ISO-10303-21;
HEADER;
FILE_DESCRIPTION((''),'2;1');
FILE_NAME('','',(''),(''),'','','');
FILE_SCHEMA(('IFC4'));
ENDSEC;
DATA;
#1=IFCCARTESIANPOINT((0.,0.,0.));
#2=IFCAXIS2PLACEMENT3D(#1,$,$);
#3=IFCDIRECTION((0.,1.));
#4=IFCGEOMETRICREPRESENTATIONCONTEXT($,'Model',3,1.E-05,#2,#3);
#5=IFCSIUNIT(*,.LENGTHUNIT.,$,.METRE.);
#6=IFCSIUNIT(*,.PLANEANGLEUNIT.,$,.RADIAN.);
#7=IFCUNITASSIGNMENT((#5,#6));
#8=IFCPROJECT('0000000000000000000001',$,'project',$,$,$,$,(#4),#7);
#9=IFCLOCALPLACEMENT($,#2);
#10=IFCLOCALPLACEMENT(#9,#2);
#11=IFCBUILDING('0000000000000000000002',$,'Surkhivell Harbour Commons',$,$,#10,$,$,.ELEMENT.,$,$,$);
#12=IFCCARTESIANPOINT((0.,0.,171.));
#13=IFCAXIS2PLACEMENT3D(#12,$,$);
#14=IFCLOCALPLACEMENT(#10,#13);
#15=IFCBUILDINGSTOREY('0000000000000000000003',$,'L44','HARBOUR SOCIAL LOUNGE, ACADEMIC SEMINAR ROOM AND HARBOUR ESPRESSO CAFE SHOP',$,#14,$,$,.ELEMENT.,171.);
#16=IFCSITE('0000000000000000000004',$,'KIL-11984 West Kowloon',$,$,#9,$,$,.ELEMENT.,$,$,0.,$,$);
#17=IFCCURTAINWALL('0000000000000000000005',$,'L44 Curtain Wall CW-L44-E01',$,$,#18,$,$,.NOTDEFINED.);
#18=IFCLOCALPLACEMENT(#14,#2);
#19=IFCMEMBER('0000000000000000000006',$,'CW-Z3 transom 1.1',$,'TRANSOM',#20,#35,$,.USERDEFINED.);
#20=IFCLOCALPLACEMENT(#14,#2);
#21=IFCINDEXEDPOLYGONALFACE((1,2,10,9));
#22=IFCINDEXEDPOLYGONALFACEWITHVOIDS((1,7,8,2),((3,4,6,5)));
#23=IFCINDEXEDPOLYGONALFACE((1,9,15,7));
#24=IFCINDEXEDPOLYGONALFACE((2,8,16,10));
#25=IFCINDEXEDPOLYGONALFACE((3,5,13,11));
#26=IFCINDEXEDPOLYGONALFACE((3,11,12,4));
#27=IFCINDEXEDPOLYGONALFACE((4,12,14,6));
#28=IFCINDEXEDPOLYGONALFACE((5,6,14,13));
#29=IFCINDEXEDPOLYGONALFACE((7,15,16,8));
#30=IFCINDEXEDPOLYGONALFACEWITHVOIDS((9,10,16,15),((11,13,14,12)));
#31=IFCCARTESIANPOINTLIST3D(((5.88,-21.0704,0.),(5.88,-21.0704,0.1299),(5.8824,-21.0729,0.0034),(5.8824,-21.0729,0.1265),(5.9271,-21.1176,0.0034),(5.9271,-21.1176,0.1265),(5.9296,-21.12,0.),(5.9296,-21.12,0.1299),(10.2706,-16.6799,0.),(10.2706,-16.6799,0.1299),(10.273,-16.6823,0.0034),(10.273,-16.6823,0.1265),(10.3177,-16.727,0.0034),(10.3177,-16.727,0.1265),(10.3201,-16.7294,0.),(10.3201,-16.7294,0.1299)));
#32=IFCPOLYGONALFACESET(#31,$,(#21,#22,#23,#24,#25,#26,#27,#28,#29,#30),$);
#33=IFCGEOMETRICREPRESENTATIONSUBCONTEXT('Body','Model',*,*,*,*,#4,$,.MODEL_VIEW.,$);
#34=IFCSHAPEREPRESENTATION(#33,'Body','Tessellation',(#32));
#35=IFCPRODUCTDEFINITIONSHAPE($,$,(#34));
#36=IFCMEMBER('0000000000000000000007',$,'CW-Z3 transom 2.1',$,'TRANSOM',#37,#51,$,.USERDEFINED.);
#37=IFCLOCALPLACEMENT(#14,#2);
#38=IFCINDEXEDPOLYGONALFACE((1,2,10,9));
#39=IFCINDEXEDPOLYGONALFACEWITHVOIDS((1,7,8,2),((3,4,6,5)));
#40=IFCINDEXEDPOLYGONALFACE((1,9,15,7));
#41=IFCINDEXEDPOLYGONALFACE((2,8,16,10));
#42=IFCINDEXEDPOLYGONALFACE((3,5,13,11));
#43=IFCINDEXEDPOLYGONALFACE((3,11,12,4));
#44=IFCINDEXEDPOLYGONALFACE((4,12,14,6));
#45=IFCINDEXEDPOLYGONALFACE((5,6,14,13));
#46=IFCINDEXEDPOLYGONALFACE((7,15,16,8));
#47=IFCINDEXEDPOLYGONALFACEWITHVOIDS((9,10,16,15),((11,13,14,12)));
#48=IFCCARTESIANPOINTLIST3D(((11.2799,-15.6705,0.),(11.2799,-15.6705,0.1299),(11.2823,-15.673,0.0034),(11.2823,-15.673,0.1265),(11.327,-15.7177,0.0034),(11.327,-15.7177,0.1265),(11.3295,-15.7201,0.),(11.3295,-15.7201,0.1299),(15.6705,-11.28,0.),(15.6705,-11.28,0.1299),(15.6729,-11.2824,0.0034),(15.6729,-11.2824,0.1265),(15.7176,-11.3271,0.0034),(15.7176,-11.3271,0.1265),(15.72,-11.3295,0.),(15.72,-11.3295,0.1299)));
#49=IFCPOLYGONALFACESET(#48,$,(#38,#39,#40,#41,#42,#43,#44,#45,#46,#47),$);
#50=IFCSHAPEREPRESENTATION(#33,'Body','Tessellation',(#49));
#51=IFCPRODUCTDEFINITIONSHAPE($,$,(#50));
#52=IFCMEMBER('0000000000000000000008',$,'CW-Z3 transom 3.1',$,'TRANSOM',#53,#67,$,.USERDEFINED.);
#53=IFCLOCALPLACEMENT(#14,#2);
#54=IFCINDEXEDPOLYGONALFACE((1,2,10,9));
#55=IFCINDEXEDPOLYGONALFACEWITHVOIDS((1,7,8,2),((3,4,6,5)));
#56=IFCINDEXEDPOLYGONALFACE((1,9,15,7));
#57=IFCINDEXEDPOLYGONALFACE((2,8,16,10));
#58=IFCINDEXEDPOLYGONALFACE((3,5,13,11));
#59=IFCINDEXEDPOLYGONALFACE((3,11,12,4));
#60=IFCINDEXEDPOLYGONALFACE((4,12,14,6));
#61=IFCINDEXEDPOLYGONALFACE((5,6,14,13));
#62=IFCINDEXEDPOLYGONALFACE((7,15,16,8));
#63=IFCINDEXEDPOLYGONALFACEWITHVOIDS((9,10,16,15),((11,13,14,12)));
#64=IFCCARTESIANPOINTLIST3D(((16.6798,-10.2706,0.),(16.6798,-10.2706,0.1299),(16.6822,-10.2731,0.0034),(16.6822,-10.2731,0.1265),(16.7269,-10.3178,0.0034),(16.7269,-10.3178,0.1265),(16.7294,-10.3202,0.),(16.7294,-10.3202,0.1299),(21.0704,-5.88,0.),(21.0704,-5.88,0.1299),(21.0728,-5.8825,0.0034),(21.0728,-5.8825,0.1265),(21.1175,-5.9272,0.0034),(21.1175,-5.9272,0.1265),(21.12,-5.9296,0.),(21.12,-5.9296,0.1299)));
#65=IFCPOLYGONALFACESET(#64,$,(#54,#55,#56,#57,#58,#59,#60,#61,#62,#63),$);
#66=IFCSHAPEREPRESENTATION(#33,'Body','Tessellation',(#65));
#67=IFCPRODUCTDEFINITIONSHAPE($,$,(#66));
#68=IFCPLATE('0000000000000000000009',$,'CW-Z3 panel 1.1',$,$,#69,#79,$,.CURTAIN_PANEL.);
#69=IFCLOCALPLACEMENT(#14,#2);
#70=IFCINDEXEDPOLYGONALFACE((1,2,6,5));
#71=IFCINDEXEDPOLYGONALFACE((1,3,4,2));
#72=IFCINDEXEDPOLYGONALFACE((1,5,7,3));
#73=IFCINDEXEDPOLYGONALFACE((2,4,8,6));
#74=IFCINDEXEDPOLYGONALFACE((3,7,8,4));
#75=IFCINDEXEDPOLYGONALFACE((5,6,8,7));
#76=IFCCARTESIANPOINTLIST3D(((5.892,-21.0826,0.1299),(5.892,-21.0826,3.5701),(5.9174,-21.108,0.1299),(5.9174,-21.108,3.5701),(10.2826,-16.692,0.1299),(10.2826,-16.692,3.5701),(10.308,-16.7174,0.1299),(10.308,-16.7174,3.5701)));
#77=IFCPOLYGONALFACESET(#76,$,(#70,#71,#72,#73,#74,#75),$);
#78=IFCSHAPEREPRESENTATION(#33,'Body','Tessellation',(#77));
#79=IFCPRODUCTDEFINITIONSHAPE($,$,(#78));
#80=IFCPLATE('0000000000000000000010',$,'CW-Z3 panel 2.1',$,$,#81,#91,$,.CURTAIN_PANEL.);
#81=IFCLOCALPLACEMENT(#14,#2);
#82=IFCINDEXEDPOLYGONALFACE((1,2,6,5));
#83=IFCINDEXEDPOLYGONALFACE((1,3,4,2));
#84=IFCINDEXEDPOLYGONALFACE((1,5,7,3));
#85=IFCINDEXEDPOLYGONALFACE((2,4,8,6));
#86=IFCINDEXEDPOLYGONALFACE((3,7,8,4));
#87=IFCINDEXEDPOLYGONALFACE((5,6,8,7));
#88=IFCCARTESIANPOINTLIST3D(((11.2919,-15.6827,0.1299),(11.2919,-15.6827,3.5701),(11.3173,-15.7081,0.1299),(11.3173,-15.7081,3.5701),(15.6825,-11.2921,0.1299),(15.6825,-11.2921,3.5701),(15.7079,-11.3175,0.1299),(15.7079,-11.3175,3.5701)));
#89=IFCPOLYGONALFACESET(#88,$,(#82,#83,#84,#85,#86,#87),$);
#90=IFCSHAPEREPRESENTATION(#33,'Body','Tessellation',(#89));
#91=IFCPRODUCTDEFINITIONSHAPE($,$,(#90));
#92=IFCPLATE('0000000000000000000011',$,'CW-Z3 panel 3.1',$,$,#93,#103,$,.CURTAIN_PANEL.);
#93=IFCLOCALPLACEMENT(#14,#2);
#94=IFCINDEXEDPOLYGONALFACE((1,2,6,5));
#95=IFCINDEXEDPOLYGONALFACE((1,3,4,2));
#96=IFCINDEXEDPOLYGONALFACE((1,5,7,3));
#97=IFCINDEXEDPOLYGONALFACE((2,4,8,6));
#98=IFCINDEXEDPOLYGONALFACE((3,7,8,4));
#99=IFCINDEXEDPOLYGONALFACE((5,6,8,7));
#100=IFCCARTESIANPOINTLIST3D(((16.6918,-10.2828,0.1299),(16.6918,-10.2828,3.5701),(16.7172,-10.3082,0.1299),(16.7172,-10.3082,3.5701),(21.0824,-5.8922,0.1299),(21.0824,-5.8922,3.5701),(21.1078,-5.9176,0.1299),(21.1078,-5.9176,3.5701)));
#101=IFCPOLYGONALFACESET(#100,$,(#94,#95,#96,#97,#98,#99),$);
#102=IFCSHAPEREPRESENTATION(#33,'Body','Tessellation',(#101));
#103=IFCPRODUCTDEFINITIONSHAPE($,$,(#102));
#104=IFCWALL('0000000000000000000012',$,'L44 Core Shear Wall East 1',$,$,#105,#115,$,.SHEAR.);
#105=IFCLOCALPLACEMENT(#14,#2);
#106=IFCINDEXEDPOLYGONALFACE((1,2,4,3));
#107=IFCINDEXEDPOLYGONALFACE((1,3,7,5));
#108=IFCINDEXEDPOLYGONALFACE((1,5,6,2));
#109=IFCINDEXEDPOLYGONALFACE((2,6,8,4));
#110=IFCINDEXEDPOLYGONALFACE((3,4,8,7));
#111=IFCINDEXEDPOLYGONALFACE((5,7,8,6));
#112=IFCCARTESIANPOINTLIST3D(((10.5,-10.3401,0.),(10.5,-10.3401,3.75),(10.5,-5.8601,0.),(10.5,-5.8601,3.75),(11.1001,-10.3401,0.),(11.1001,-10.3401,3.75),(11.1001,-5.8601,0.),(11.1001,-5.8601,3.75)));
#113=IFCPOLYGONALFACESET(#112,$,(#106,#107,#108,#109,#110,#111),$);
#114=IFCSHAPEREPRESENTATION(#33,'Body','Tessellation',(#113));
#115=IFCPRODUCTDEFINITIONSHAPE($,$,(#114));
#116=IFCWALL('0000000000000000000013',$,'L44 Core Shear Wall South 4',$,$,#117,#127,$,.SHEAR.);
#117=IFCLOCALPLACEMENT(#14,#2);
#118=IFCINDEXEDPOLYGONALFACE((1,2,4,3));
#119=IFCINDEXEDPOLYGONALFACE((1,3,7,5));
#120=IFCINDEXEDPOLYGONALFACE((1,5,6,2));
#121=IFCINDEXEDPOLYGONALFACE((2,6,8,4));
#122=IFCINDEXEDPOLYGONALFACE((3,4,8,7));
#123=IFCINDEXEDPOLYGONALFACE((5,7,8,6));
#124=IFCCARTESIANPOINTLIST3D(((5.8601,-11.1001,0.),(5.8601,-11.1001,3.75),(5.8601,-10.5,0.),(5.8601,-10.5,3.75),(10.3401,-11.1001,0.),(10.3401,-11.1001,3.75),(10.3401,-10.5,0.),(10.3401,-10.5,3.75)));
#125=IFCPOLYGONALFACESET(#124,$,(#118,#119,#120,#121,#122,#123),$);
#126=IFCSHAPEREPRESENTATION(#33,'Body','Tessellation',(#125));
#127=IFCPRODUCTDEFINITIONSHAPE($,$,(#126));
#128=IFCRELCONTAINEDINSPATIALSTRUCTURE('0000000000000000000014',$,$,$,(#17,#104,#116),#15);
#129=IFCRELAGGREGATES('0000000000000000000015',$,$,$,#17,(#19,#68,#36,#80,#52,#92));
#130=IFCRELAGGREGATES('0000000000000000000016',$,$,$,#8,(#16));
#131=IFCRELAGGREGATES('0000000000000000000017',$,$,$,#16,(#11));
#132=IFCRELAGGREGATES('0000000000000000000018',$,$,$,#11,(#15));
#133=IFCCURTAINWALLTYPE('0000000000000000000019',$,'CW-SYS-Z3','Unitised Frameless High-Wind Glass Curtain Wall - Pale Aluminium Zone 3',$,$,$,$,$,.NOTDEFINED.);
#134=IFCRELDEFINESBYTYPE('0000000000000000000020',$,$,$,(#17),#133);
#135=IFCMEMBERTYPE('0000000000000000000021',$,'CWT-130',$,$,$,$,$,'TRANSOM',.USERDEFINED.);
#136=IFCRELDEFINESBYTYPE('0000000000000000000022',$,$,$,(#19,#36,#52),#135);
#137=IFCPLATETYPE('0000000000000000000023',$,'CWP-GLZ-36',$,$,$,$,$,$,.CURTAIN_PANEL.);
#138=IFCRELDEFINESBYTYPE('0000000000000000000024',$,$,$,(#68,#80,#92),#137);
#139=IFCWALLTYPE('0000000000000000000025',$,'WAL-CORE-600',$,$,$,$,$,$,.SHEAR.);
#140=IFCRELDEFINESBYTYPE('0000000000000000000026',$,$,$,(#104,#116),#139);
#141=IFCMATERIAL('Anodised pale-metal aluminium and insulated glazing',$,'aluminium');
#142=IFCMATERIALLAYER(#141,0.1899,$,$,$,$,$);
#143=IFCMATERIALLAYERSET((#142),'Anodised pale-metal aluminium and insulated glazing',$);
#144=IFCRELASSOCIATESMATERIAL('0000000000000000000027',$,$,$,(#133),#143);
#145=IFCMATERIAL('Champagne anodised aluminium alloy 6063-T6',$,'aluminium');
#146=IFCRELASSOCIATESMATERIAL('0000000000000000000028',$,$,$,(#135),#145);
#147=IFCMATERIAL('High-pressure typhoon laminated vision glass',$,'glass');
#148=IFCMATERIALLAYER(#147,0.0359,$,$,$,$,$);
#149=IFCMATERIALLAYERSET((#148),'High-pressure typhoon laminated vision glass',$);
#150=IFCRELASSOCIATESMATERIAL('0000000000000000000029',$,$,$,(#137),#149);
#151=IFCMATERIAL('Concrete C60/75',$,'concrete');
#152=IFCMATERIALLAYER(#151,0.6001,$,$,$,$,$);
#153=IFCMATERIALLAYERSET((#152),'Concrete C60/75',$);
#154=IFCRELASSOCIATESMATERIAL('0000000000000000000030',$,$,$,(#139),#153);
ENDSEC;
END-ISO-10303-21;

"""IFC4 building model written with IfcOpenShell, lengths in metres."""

from ifc_helpers import new_model, si_unit, direction, frame, frame_2d, origin, origin_2d, place, context, subcontext, project, spatial, rectangle, hollow_rectangle, extrude, material, layer, layer_set, material_profile, profile_set, type_object, element, aggregate, save


model = new_model("IFC4")

# Units and contexts
model_context = context("Model", 3, precision=1e-05, world=origin(), true_north=direction((0.0, 1.0)))
body_context = subcontext(model_context, "Body", "Model", "MODEL_VIEW")
ifc_project = project(units=[si_unit("LENGTHUNIT", "METRE"), si_unit("PLANEANGLEUNIT", "RADIAN")], contexts=[model_context])

# Site, building, storey
site_placement = place(None, origin())
site = spatial("IfcSite", under=ifc_project, at=site_placement, Name="KIL-11984 West Kowloon", CompositionType="ELEMENT", RefElevation=0.0)
building_placement = place(site_placement, origin())
building = spatial("IfcBuilding", under=site, at=building_placement, Name="Surkhivell Harbour Commons", CompositionType="ELEMENT")
storey_placement = place(building_placement, frame((0.0, 0.0, 171.0)))
storey = spatial("IfcBuildingStorey", under=building, at=storey_placement, Name="L44", Description="HARBOUR SOCIAL LOUNGE, ACADEMIC SEMINAR ROOM AND HARBOUR ESPRESSO CAFE SHOP", CompositionType="ELEMENT", Elevation=171.0)

# Shared definitions
ifc_material_1 = material(Name="Concrete C60/75", Category="concrete")

# Curtain wall, members, plates
ifc_material_2 = material(Name="Anodised pale-metal aluminium and insulated glazing", Category="aluminium")
ifc_layer_1 = layer(ifc_material_2, 0.1899)
ifc_layer_set_1 = layer_set([ifc_layer_1], Name="Anodised pale-metal aluminium and insulated glazing")
curtain_wall_type = type_object("IfcCurtainWallType", Name="CW-SYS-Z3", Description="Unitised Frameless High-Wind Glass Curtain Wall - Pale Aluminium Zone 3", PredefinedType="NOTDEFINED", material=ifc_layer_set_1)
curtain_wall_placement = place(storey_placement, origin())
curtain_wall = element("IfcCurtainWall", 1, at=curtain_wall_placement, inside=storey, type_object=curtain_wall_type, Name="L44 Curtain Wall CW-L44-E01", PredefinedType="NOTDEFINED")
ifc_material_3 = material(Name="Champagne anodised aluminium alloy 6063-T6", Category="aluminium")
ifc_material_profile_1 = material_profile(ifc_material_3, hollow_rectangle(XDim=0.0701, YDim=0.1299, WallThickness=0.0034, at=origin_2d()), Name="ALU-TRAN-70x130")
ifc_profile_set_1 = profile_set([ifc_material_profile_1], Name="Champagne anodised aluminium alloy 6063-T6")
member_type_1 = type_object("IfcMemberType", Name="CWT-130", ElementType="TRANSOM", PredefinedType="USERDEFINED", material=ifc_profile_set_1)
member_1_placement = place(storey_placement, frame((5.9048, -21.0952, 0.0649), z_axis=(0.707107, 0.707107, 0.0), x_axis=(-0.707107, 0.707107, 0.0)))
member_1 = element("IfcMember", 2, at=member_1_placement, type_object=member_type_1, Name="CW-Z3 transom 1.1", ObjectType="TRANSOM", PredefinedType="USERDEFINED", context=body_context, shape_type="SweptSolid", body=[
    extrude(hollow_rectangle(XDim=0.0701, YDim=0.1299, WallThickness=0.0034, at=origin_2d()), origin(), (0.0, 0.0, 1.0), 6.2092),
])
member_2_placement = place(storey_placement, frame((11.3047, -15.6953, 0.0649), z_axis=(0.707107, 0.707107, 0.0), x_axis=(-0.707107, 0.707107, 0.0)))
member_2 = element("IfcMember", 3, at=member_2_placement, type_object=member_type_1, Name="CW-Z3 transom 2.1", ObjectType="TRANSOM", PredefinedType="USERDEFINED", context=body_context, shape_type="SweptSolid", body=[
    extrude(hollow_rectangle(XDim=0.0701, YDim=0.1299, WallThickness=0.0034, at=origin_2d()), origin(), (0.0, 0.0, 1.0), 6.2092),
])
member_3_placement = place(storey_placement, frame((16.7046, -10.2954, 0.0649), z_axis=(0.707107, 0.707107, 0.0), x_axis=(-0.707107, 0.707107, 0.0)))
member_3 = element("IfcMember", 4, at=member_3_placement, type_object=member_type_1, Name="CW-Z3 transom 3.1", ObjectType="TRANSOM", PredefinedType="USERDEFINED", context=body_context, shape_type="SweptSolid", body=[
    extrude(hollow_rectangle(XDim=0.0701, YDim=0.1299, WallThickness=0.0034, at=origin_2d()), origin(), (0.0, 0.0, 1.0), 6.2092),
])
ifc_material_4 = material(Name="High-pressure typhoon laminated vision glass", Category="glass")
ifc_layer_2 = layer(ifc_material_4, 0.0359)
ifc_layer_set_2 = layer_set([ifc_layer_2], Name="High-pressure typhoon laminated vision glass")
plate_type = type_object("IfcPlateType", Name="CWP-GLZ-36", PredefinedType="CURTAIN_PANEL", material=ifc_layer_set_2)
plate_1_placement = place(storey_placement, frame((5.9048, -21.0952, 0.1299), z_axis=(0.0, 0.0, 1.0), x_axis=(0.707107, 0.707107, 0.0)))
plate_1 = element("IfcPlate", 5, at=plate_1_placement, type_object=plate_type, Name="CW-Z3 panel 1.1", PredefinedType="CURTAIN_PANEL", context=body_context, shape_type="SweptSolid", body=[
    extrude(rectangle(XDim=6.2092, YDim=0.0359, at=frame_2d((3.1045, 0.0))), origin(), (0.0, 0.0, 1.0), 3.4402),
])
plate_2_placement = place(storey_placement, frame((11.3047, -15.6953, 0.1299), z_axis=(0.0, 0.0, 1.0), x_axis=(0.707107, 0.707107, 0.0)))
plate_2 = element("IfcPlate", 6, at=plate_2_placement, type_object=plate_type, Name="CW-Z3 panel 2.1", PredefinedType="CURTAIN_PANEL", context=body_context, shape_type="SweptSolid", body=[
    extrude(rectangle(XDim=6.2092, YDim=0.0359, at=frame_2d((3.1045, 0.0))), origin(), (0.0, 0.0, 1.0), 3.4402),
])
plate_3_placement = place(storey_placement, frame((16.7046, -10.2954, 0.1299), z_axis=(0.0, 0.0, 1.0), x_axis=(0.707107, 0.707107, 0.0)))
plate_3 = element("IfcPlate", 7, at=plate_3_placement, type_object=plate_type, Name="CW-Z3 panel 3.1", PredefinedType="CURTAIN_PANEL", context=body_context, shape_type="SweptSolid", body=[
    extrude(rectangle(XDim=6.2092, YDim=0.0359, at=frame_2d((3.1045, 0.0))), origin(), (0.0, 0.0, 1.0), 3.4402),
])
aggregate(curtain_wall, [member_1, plate_1, member_2, plate_2, member_3, plate_3])

# Walls
ifc_layer_3 = layer(ifc_material_1, 0.6001)
ifc_layer_set_3 = layer_set([ifc_layer_3], Name="Concrete C60/75")
wall_type_1 = type_object("IfcWallType", Name="WAL-CORE-600", PredefinedType="SHEAR", material=ifc_layer_set_3)
for number, where, z_axis, x_axis, name in (
    (8, (10.8, -10.3401, 0.0), (0.0, 0.0, 1.0), (0.0, 1.0, 0.0), "L44 Core Shear Wall East 1"),
    (9, (5.8601, -10.8, 0.0), (0.0, 0.0, 1.0), (1.0, 0.0, 0.0), "L44 Core Shear Wall South 4"),
):
    element("IfcWall", number, at=place(storey_placement, frame(where, z_axis=z_axis, x_axis=x_axis)), inside=storey, type_object=wall_type_1, Name=name, PredefinedType="SHEAR", context=body_context, shape_type="SweptSolid", body=[
        extrude(rectangle(XDim=4.48, YDim=0.6001, at=frame_2d((2.24, 0.0))), origin(), (0.0, 0.0, 1.0), 3.75),
    ])

save(model, "model.ifc")
